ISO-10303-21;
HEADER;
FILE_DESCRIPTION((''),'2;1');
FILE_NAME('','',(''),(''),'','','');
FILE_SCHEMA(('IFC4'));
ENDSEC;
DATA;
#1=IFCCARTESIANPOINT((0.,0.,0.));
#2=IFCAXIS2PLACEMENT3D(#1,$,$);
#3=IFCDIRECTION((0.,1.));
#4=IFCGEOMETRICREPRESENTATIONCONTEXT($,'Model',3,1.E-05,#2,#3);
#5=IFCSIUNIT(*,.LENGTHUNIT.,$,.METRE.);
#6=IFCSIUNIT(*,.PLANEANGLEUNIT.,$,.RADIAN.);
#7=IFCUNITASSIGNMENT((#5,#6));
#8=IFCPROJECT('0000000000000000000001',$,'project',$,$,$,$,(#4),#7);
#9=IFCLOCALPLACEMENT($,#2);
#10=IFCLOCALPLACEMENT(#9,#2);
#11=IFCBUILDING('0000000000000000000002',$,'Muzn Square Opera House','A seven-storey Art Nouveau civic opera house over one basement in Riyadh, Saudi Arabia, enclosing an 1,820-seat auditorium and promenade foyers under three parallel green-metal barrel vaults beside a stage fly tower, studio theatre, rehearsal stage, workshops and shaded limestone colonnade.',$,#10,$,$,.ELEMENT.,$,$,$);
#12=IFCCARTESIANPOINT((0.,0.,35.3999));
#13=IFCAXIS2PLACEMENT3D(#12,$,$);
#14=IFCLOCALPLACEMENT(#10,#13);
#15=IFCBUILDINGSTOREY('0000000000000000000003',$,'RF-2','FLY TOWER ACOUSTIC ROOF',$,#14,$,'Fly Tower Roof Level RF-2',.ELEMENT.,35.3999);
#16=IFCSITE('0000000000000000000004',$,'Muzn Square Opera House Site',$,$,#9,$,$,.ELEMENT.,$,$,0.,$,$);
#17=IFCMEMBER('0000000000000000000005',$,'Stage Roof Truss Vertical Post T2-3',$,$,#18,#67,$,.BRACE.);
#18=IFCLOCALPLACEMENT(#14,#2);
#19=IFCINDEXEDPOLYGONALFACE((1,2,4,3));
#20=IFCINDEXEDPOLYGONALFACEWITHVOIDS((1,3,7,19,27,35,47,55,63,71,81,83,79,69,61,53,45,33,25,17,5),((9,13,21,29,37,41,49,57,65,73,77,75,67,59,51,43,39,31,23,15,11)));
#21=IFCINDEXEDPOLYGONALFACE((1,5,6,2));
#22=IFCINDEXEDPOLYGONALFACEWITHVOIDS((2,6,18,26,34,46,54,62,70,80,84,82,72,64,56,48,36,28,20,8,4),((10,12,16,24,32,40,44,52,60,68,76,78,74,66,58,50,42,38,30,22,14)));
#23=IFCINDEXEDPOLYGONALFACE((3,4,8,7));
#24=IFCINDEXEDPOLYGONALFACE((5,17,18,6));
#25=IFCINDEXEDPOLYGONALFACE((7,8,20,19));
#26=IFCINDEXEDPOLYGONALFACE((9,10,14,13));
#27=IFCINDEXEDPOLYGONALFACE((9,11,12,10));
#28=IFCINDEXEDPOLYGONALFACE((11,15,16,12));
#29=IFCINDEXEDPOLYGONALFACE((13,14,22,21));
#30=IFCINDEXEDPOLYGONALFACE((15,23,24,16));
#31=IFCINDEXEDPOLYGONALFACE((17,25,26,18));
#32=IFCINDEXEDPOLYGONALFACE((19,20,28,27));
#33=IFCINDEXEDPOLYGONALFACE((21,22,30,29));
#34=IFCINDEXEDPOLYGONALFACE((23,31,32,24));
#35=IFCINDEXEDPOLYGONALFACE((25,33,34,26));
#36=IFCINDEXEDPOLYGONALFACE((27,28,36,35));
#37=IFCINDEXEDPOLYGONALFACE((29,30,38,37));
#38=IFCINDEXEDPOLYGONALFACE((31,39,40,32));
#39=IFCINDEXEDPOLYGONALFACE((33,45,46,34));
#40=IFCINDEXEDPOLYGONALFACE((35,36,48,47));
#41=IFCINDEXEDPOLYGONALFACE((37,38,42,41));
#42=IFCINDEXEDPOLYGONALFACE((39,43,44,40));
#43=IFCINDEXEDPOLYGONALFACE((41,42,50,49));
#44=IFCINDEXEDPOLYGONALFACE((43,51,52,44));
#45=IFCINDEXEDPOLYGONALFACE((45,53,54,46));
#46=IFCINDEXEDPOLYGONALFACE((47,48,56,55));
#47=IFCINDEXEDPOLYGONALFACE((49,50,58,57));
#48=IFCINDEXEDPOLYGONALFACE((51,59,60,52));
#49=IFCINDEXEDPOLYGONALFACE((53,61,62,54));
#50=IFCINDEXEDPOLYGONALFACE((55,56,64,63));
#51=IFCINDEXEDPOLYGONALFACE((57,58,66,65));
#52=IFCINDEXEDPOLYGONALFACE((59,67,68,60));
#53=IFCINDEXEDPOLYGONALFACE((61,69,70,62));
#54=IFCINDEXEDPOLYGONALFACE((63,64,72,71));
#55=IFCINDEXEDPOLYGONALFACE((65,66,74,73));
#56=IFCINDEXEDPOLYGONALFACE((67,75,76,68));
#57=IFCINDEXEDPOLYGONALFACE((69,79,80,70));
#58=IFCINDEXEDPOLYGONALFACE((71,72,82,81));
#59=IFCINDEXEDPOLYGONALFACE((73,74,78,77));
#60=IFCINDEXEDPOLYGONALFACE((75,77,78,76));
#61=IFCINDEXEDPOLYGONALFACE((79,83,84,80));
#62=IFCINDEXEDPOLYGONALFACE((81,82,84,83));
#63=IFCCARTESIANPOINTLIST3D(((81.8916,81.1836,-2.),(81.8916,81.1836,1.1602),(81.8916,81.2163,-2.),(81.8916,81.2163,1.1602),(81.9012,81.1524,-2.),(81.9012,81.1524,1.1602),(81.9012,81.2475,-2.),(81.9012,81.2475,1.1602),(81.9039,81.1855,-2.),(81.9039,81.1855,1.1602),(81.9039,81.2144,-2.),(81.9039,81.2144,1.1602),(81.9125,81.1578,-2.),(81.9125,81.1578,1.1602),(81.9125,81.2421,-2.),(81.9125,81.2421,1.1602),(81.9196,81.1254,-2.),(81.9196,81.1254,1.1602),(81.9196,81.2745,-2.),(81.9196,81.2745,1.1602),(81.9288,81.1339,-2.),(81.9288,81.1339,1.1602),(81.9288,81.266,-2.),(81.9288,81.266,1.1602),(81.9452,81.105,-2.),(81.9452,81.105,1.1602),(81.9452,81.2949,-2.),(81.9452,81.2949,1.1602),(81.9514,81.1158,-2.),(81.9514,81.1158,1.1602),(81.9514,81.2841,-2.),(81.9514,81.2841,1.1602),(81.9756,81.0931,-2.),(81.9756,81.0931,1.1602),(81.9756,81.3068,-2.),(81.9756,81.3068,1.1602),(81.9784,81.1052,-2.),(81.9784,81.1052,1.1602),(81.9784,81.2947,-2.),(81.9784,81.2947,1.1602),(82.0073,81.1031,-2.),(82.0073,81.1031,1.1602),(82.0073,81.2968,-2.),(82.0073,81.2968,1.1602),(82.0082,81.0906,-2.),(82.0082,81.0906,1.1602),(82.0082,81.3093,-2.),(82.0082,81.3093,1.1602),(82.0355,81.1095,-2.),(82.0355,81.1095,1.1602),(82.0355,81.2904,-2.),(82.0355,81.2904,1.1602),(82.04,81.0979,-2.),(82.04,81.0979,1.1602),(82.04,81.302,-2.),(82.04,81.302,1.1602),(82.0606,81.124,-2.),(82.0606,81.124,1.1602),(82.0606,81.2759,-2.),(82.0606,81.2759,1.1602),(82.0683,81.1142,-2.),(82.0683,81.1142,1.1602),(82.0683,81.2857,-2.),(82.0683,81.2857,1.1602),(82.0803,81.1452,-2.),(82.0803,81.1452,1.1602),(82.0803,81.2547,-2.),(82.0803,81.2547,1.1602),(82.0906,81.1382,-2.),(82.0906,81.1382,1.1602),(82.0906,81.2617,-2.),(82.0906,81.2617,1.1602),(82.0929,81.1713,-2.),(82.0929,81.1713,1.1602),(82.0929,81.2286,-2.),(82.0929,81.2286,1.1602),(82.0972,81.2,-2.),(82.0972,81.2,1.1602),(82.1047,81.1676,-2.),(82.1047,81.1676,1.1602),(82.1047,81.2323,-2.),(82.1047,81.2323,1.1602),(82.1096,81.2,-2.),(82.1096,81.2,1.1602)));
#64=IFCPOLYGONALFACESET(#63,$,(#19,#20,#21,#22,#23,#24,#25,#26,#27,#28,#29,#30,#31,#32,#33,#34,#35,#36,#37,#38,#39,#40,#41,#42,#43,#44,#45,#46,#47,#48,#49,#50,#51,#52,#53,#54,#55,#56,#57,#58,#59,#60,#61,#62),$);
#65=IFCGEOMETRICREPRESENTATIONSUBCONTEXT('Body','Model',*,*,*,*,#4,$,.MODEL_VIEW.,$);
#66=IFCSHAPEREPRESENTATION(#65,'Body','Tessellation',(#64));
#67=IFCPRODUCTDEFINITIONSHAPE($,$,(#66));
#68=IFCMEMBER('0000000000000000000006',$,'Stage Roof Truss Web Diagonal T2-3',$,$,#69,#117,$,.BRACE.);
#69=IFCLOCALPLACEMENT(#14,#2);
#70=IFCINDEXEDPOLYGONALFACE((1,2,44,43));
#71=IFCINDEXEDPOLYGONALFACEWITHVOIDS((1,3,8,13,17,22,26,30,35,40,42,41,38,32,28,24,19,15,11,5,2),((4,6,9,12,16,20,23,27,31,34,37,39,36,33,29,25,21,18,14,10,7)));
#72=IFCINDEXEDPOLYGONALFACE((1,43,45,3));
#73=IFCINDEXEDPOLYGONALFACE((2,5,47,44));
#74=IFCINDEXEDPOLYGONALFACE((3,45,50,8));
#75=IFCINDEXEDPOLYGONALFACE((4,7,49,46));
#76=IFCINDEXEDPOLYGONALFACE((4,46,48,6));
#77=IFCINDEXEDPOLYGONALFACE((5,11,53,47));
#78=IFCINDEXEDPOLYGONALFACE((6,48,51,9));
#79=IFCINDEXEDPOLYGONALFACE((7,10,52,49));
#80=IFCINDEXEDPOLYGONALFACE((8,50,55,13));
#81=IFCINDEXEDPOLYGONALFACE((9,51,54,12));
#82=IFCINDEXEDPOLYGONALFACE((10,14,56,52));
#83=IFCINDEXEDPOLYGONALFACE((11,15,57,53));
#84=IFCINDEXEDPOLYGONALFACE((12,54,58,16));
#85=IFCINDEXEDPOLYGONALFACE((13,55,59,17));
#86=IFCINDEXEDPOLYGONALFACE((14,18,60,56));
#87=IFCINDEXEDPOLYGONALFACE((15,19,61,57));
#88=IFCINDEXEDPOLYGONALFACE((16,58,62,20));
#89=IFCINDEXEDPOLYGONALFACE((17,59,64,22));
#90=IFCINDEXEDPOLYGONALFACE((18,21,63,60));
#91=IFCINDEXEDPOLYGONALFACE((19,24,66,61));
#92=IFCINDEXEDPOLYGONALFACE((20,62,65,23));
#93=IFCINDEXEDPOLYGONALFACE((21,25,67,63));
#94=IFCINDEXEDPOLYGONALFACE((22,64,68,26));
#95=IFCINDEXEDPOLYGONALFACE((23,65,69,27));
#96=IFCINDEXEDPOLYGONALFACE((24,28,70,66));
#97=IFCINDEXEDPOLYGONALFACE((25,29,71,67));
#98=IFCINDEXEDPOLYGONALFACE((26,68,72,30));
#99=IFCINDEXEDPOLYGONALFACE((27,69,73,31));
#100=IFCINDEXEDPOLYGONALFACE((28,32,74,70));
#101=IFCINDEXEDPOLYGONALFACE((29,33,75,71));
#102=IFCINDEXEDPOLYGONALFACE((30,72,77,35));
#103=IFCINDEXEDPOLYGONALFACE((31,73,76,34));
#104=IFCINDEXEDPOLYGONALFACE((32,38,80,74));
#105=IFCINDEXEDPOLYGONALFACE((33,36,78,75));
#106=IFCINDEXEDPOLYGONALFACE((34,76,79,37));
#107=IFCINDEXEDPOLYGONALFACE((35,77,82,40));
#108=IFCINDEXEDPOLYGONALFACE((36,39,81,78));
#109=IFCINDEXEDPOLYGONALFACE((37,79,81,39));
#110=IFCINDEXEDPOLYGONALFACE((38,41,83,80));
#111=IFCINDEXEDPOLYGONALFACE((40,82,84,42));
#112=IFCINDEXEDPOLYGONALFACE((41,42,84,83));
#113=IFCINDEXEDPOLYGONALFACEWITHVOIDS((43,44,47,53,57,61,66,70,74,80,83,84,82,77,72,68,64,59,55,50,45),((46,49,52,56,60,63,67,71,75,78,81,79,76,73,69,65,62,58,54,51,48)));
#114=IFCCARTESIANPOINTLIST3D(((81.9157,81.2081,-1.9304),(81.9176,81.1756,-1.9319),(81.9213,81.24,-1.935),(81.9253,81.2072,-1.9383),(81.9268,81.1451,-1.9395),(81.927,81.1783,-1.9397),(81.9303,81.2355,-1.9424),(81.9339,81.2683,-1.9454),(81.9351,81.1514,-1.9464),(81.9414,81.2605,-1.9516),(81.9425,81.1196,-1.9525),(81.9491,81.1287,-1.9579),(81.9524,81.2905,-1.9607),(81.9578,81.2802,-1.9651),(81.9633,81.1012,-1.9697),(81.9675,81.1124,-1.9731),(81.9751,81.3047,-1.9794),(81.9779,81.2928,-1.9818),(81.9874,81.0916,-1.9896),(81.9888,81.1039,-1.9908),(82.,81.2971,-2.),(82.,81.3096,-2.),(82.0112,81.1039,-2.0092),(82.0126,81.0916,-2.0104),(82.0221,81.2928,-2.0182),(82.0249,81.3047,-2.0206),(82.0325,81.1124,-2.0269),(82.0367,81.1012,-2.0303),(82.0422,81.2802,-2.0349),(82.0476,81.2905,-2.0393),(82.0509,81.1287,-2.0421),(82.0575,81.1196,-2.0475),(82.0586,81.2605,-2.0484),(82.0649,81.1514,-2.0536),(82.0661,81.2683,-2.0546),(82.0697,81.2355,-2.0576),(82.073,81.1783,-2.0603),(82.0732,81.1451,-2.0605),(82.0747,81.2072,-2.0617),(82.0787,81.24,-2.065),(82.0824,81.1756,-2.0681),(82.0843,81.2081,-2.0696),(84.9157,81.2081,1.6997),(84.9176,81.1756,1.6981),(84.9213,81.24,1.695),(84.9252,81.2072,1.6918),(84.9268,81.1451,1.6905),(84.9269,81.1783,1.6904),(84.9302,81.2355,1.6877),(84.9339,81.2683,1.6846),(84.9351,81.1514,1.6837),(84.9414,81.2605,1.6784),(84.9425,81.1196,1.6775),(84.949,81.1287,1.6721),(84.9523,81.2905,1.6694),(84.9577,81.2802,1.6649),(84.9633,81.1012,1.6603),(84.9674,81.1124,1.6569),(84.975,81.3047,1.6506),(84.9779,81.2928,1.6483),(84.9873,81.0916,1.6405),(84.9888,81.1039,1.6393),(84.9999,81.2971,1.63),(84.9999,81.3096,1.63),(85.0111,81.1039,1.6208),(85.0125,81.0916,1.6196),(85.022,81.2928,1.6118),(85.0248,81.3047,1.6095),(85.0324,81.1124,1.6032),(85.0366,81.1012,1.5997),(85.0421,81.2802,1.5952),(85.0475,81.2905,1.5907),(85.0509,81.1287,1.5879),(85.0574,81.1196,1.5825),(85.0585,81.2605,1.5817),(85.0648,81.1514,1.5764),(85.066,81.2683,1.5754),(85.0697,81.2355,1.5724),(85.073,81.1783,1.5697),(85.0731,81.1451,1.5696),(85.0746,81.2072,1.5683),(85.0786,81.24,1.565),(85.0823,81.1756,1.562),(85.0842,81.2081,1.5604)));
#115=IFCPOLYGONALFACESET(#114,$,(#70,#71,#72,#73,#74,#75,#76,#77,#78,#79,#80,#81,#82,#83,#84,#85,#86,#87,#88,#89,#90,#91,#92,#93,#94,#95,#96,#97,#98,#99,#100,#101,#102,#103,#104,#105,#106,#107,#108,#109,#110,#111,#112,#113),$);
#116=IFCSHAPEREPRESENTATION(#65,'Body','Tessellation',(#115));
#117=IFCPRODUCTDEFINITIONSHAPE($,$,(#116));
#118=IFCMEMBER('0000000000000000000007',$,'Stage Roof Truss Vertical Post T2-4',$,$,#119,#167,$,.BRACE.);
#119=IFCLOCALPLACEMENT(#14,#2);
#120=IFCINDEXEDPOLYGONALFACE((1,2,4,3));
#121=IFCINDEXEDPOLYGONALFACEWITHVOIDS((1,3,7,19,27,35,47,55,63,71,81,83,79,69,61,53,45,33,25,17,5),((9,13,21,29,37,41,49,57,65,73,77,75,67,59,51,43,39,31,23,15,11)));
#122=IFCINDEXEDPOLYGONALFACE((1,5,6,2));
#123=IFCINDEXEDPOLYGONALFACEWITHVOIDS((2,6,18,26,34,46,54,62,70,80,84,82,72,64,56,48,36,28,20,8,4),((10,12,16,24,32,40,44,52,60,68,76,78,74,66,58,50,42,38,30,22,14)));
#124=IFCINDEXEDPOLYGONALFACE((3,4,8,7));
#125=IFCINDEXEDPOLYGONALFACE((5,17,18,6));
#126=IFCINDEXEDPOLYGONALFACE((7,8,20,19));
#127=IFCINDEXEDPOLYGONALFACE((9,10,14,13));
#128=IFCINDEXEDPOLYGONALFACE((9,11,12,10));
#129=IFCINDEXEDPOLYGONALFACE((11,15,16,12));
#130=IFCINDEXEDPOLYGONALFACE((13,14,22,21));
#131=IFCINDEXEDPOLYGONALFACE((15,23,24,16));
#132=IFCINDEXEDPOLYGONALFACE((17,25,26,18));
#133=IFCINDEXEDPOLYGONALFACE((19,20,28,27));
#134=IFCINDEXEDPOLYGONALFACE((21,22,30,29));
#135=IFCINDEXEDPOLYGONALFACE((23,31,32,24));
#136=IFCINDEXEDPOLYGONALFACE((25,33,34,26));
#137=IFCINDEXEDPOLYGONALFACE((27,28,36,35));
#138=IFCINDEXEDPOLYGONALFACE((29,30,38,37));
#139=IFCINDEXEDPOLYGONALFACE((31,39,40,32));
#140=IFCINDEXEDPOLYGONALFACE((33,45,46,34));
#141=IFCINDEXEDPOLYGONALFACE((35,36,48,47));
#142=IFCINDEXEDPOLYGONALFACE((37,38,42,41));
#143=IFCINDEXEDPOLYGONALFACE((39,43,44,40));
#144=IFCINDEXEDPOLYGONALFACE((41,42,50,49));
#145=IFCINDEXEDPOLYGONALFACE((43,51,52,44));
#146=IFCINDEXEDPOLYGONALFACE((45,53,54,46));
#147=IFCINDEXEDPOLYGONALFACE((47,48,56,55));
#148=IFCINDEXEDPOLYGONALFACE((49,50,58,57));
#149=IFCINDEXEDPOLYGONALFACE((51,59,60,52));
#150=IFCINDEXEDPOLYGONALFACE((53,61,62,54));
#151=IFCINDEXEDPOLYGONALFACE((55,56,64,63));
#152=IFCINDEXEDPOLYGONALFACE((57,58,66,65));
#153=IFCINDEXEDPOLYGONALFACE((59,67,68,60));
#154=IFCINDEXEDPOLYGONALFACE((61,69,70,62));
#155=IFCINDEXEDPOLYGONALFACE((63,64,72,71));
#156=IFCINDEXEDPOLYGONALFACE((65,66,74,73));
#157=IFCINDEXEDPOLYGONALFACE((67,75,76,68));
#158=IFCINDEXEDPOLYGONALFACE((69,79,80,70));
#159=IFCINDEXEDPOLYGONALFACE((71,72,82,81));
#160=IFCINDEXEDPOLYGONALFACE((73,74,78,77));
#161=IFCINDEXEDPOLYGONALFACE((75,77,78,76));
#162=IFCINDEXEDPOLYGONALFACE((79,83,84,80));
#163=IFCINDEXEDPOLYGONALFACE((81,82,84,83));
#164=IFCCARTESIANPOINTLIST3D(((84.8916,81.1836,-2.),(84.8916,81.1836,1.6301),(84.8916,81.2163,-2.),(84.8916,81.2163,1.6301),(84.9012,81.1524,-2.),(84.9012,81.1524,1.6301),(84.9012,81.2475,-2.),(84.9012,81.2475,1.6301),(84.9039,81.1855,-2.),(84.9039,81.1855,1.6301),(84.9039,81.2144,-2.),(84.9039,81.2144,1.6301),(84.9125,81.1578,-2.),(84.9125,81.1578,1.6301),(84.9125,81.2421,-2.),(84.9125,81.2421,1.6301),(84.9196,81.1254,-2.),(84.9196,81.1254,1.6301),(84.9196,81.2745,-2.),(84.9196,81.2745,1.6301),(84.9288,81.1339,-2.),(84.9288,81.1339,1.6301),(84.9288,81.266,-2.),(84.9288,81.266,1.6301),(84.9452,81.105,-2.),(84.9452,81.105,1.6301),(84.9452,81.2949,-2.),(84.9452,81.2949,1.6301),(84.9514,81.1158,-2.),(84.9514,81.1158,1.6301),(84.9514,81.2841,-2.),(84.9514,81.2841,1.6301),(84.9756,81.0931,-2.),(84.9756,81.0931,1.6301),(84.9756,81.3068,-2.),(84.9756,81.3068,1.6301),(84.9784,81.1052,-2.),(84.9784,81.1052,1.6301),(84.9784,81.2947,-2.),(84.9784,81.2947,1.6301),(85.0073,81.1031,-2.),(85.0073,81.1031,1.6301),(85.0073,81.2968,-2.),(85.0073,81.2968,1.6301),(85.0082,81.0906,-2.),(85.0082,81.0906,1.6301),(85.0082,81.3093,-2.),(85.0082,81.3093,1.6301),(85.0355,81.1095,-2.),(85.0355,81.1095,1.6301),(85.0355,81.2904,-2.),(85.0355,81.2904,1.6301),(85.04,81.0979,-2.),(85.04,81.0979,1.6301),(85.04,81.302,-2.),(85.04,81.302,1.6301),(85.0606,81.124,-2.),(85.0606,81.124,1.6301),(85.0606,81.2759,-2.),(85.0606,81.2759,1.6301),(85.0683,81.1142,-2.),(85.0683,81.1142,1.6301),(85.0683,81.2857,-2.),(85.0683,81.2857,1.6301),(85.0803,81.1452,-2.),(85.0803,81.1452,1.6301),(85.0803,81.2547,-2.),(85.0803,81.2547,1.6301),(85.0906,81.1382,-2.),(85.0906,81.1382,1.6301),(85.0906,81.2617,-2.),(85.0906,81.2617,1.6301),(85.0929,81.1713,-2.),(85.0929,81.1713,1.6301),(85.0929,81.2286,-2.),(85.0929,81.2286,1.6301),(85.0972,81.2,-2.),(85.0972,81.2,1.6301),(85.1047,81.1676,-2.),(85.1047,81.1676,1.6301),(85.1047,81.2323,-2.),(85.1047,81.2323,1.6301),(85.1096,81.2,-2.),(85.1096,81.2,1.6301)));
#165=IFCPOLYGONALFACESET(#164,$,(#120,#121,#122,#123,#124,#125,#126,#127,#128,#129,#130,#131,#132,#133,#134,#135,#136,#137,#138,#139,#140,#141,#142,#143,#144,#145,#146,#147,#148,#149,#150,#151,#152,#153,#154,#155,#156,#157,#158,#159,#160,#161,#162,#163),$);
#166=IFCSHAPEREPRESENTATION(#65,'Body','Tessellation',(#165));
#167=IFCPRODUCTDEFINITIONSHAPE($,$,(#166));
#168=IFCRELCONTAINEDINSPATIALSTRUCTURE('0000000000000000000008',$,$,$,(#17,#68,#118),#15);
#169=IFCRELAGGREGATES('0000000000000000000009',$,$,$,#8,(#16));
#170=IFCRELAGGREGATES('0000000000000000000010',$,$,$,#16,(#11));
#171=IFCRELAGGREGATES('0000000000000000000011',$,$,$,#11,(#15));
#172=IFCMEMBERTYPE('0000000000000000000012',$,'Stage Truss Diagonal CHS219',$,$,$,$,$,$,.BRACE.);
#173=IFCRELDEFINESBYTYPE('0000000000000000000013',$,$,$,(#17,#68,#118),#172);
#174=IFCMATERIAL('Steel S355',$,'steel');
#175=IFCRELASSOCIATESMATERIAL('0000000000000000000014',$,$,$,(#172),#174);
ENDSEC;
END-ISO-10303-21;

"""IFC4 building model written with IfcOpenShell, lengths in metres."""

from ifc_helpers import new_model, si_unit, direction, frame, origin, origin_2d, place, context, subcontext, project, spatial, hollow_circle, extrude, material, material_profile, profile_set, type_object, element, save


model = new_model("IFC4")

# Units and contexts
model_context = context("Model", 3, precision=1e-05, world=origin(), true_north=direction((0.0, 1.0)))
body_context = subcontext(model_context, "Body", "Model", "MODEL_VIEW")
ifc_project = project(units=[si_unit("LENGTHUNIT", "METRE"), si_unit("PLANEANGLEUNIT", "RADIAN")], contexts=[model_context])

# Site, building, storey
site_placement = place(None, origin())
site = spatial("IfcSite", under=ifc_project, at=site_placement, Name="Muzn Square Opera House Site", CompositionType="ELEMENT", RefElevation=0.0)
building_placement = place(site_placement, origin())
building = spatial("IfcBuilding", under=site, at=building_placement, Name="Muzn Square Opera House", Description="A seven-storey Art Nouveau civic opera house over one basement in Riyadh, Saudi Arabia, enclosing an 1,820-seat auditorium and promenade foyers under three parallel green-metal barrel vaults beside a stage fly tower, studio theatre, rehearsal stage, workshops and shaded limestone colonnade.", CompositionType="ELEMENT")
storey_placement = place(building_placement, frame((0.0, 0.0, 35.3999)))
storey = spatial("IfcBuildingStorey", under=building, at=storey_placement, Name="RF-2", Description="FLY TOWER ACOUSTIC ROOF", LongName="Fly Tower Roof Level RF-2", CompositionType="ELEMENT", Elevation=35.3999)

# Members
ifc_material_1 = material(Name="Steel S355", Category="steel")
ifc_material_profile_1 = material_profile(ifc_material_1, hollow_circle(Radius=0.1096, WallThickness=0.0125, at=origin_2d()), Name="CHS 219.1x12.5", Category="steel")
ifc_profile_set_1 = profile_set([ifc_material_profile_1], Name="Steel S355")
member_type_1 = type_object("IfcMemberType", Name="Stage Truss Diagonal CHS219", PredefinedType="BRACE", material=ifc_profile_set_1)
member_1_placement = place(storey_placement, frame((82.0, 81.2, -2.0), z_axis=(0.0, 0.0, 1.0), x_axis=(1.0, 0.0, 0.0)))
element("IfcMember", 1, at=member_1_placement, inside=storey, type_object=member_type_1, Name="Stage Roof Truss Vertical Post T2-3", PredefinedType="BRACE", context=body_context, shape_type="SweptSolid", body=[
    extrude(hollow_circle(Radius=0.1096, WallThickness=0.0125, at=origin_2d()), origin(), (0.0, 0.0, 1.0), 3.1602),
])
member_2_placement = place(storey_placement, frame((82.0, 81.2, -2.0), z_axis=(0.637033, 0.0, 0.770837), x_axis=(0.0, 1.0, 0.0)))
element("IfcMember", 2, at=member_2_placement, inside=storey, type_object=member_type_1, Name="Stage Roof Truss Web Diagonal T2-3", PredefinedType="BRACE", context=body_context, shape_type="SweptSolid", body=[
    extrude(hollow_circle(Radius=0.1096, WallThickness=0.0125, at=origin_2d()), origin(), (0.0, 0.0, 1.0), 4.7092),
])
member_3_placement = place(storey_placement, frame((85.0, 81.2, -2.0), z_axis=(0.0, 0.0, 1.0), x_axis=(1.0, 0.0, 0.0)))
element("IfcMember", 3, at=member_3_placement, inside=storey, type_object=member_type_1, Name="Stage Roof Truss Vertical Post T2-4", PredefinedType="BRACE", context=body_context, shape_type="SweptSolid", body=[
    extrude(hollow_circle(Radius=0.1096, WallThickness=0.0125, at=origin_2d()), origin(), (0.0, 0.0, 1.0), 3.6301),
])

save(model, "model.ifc")
